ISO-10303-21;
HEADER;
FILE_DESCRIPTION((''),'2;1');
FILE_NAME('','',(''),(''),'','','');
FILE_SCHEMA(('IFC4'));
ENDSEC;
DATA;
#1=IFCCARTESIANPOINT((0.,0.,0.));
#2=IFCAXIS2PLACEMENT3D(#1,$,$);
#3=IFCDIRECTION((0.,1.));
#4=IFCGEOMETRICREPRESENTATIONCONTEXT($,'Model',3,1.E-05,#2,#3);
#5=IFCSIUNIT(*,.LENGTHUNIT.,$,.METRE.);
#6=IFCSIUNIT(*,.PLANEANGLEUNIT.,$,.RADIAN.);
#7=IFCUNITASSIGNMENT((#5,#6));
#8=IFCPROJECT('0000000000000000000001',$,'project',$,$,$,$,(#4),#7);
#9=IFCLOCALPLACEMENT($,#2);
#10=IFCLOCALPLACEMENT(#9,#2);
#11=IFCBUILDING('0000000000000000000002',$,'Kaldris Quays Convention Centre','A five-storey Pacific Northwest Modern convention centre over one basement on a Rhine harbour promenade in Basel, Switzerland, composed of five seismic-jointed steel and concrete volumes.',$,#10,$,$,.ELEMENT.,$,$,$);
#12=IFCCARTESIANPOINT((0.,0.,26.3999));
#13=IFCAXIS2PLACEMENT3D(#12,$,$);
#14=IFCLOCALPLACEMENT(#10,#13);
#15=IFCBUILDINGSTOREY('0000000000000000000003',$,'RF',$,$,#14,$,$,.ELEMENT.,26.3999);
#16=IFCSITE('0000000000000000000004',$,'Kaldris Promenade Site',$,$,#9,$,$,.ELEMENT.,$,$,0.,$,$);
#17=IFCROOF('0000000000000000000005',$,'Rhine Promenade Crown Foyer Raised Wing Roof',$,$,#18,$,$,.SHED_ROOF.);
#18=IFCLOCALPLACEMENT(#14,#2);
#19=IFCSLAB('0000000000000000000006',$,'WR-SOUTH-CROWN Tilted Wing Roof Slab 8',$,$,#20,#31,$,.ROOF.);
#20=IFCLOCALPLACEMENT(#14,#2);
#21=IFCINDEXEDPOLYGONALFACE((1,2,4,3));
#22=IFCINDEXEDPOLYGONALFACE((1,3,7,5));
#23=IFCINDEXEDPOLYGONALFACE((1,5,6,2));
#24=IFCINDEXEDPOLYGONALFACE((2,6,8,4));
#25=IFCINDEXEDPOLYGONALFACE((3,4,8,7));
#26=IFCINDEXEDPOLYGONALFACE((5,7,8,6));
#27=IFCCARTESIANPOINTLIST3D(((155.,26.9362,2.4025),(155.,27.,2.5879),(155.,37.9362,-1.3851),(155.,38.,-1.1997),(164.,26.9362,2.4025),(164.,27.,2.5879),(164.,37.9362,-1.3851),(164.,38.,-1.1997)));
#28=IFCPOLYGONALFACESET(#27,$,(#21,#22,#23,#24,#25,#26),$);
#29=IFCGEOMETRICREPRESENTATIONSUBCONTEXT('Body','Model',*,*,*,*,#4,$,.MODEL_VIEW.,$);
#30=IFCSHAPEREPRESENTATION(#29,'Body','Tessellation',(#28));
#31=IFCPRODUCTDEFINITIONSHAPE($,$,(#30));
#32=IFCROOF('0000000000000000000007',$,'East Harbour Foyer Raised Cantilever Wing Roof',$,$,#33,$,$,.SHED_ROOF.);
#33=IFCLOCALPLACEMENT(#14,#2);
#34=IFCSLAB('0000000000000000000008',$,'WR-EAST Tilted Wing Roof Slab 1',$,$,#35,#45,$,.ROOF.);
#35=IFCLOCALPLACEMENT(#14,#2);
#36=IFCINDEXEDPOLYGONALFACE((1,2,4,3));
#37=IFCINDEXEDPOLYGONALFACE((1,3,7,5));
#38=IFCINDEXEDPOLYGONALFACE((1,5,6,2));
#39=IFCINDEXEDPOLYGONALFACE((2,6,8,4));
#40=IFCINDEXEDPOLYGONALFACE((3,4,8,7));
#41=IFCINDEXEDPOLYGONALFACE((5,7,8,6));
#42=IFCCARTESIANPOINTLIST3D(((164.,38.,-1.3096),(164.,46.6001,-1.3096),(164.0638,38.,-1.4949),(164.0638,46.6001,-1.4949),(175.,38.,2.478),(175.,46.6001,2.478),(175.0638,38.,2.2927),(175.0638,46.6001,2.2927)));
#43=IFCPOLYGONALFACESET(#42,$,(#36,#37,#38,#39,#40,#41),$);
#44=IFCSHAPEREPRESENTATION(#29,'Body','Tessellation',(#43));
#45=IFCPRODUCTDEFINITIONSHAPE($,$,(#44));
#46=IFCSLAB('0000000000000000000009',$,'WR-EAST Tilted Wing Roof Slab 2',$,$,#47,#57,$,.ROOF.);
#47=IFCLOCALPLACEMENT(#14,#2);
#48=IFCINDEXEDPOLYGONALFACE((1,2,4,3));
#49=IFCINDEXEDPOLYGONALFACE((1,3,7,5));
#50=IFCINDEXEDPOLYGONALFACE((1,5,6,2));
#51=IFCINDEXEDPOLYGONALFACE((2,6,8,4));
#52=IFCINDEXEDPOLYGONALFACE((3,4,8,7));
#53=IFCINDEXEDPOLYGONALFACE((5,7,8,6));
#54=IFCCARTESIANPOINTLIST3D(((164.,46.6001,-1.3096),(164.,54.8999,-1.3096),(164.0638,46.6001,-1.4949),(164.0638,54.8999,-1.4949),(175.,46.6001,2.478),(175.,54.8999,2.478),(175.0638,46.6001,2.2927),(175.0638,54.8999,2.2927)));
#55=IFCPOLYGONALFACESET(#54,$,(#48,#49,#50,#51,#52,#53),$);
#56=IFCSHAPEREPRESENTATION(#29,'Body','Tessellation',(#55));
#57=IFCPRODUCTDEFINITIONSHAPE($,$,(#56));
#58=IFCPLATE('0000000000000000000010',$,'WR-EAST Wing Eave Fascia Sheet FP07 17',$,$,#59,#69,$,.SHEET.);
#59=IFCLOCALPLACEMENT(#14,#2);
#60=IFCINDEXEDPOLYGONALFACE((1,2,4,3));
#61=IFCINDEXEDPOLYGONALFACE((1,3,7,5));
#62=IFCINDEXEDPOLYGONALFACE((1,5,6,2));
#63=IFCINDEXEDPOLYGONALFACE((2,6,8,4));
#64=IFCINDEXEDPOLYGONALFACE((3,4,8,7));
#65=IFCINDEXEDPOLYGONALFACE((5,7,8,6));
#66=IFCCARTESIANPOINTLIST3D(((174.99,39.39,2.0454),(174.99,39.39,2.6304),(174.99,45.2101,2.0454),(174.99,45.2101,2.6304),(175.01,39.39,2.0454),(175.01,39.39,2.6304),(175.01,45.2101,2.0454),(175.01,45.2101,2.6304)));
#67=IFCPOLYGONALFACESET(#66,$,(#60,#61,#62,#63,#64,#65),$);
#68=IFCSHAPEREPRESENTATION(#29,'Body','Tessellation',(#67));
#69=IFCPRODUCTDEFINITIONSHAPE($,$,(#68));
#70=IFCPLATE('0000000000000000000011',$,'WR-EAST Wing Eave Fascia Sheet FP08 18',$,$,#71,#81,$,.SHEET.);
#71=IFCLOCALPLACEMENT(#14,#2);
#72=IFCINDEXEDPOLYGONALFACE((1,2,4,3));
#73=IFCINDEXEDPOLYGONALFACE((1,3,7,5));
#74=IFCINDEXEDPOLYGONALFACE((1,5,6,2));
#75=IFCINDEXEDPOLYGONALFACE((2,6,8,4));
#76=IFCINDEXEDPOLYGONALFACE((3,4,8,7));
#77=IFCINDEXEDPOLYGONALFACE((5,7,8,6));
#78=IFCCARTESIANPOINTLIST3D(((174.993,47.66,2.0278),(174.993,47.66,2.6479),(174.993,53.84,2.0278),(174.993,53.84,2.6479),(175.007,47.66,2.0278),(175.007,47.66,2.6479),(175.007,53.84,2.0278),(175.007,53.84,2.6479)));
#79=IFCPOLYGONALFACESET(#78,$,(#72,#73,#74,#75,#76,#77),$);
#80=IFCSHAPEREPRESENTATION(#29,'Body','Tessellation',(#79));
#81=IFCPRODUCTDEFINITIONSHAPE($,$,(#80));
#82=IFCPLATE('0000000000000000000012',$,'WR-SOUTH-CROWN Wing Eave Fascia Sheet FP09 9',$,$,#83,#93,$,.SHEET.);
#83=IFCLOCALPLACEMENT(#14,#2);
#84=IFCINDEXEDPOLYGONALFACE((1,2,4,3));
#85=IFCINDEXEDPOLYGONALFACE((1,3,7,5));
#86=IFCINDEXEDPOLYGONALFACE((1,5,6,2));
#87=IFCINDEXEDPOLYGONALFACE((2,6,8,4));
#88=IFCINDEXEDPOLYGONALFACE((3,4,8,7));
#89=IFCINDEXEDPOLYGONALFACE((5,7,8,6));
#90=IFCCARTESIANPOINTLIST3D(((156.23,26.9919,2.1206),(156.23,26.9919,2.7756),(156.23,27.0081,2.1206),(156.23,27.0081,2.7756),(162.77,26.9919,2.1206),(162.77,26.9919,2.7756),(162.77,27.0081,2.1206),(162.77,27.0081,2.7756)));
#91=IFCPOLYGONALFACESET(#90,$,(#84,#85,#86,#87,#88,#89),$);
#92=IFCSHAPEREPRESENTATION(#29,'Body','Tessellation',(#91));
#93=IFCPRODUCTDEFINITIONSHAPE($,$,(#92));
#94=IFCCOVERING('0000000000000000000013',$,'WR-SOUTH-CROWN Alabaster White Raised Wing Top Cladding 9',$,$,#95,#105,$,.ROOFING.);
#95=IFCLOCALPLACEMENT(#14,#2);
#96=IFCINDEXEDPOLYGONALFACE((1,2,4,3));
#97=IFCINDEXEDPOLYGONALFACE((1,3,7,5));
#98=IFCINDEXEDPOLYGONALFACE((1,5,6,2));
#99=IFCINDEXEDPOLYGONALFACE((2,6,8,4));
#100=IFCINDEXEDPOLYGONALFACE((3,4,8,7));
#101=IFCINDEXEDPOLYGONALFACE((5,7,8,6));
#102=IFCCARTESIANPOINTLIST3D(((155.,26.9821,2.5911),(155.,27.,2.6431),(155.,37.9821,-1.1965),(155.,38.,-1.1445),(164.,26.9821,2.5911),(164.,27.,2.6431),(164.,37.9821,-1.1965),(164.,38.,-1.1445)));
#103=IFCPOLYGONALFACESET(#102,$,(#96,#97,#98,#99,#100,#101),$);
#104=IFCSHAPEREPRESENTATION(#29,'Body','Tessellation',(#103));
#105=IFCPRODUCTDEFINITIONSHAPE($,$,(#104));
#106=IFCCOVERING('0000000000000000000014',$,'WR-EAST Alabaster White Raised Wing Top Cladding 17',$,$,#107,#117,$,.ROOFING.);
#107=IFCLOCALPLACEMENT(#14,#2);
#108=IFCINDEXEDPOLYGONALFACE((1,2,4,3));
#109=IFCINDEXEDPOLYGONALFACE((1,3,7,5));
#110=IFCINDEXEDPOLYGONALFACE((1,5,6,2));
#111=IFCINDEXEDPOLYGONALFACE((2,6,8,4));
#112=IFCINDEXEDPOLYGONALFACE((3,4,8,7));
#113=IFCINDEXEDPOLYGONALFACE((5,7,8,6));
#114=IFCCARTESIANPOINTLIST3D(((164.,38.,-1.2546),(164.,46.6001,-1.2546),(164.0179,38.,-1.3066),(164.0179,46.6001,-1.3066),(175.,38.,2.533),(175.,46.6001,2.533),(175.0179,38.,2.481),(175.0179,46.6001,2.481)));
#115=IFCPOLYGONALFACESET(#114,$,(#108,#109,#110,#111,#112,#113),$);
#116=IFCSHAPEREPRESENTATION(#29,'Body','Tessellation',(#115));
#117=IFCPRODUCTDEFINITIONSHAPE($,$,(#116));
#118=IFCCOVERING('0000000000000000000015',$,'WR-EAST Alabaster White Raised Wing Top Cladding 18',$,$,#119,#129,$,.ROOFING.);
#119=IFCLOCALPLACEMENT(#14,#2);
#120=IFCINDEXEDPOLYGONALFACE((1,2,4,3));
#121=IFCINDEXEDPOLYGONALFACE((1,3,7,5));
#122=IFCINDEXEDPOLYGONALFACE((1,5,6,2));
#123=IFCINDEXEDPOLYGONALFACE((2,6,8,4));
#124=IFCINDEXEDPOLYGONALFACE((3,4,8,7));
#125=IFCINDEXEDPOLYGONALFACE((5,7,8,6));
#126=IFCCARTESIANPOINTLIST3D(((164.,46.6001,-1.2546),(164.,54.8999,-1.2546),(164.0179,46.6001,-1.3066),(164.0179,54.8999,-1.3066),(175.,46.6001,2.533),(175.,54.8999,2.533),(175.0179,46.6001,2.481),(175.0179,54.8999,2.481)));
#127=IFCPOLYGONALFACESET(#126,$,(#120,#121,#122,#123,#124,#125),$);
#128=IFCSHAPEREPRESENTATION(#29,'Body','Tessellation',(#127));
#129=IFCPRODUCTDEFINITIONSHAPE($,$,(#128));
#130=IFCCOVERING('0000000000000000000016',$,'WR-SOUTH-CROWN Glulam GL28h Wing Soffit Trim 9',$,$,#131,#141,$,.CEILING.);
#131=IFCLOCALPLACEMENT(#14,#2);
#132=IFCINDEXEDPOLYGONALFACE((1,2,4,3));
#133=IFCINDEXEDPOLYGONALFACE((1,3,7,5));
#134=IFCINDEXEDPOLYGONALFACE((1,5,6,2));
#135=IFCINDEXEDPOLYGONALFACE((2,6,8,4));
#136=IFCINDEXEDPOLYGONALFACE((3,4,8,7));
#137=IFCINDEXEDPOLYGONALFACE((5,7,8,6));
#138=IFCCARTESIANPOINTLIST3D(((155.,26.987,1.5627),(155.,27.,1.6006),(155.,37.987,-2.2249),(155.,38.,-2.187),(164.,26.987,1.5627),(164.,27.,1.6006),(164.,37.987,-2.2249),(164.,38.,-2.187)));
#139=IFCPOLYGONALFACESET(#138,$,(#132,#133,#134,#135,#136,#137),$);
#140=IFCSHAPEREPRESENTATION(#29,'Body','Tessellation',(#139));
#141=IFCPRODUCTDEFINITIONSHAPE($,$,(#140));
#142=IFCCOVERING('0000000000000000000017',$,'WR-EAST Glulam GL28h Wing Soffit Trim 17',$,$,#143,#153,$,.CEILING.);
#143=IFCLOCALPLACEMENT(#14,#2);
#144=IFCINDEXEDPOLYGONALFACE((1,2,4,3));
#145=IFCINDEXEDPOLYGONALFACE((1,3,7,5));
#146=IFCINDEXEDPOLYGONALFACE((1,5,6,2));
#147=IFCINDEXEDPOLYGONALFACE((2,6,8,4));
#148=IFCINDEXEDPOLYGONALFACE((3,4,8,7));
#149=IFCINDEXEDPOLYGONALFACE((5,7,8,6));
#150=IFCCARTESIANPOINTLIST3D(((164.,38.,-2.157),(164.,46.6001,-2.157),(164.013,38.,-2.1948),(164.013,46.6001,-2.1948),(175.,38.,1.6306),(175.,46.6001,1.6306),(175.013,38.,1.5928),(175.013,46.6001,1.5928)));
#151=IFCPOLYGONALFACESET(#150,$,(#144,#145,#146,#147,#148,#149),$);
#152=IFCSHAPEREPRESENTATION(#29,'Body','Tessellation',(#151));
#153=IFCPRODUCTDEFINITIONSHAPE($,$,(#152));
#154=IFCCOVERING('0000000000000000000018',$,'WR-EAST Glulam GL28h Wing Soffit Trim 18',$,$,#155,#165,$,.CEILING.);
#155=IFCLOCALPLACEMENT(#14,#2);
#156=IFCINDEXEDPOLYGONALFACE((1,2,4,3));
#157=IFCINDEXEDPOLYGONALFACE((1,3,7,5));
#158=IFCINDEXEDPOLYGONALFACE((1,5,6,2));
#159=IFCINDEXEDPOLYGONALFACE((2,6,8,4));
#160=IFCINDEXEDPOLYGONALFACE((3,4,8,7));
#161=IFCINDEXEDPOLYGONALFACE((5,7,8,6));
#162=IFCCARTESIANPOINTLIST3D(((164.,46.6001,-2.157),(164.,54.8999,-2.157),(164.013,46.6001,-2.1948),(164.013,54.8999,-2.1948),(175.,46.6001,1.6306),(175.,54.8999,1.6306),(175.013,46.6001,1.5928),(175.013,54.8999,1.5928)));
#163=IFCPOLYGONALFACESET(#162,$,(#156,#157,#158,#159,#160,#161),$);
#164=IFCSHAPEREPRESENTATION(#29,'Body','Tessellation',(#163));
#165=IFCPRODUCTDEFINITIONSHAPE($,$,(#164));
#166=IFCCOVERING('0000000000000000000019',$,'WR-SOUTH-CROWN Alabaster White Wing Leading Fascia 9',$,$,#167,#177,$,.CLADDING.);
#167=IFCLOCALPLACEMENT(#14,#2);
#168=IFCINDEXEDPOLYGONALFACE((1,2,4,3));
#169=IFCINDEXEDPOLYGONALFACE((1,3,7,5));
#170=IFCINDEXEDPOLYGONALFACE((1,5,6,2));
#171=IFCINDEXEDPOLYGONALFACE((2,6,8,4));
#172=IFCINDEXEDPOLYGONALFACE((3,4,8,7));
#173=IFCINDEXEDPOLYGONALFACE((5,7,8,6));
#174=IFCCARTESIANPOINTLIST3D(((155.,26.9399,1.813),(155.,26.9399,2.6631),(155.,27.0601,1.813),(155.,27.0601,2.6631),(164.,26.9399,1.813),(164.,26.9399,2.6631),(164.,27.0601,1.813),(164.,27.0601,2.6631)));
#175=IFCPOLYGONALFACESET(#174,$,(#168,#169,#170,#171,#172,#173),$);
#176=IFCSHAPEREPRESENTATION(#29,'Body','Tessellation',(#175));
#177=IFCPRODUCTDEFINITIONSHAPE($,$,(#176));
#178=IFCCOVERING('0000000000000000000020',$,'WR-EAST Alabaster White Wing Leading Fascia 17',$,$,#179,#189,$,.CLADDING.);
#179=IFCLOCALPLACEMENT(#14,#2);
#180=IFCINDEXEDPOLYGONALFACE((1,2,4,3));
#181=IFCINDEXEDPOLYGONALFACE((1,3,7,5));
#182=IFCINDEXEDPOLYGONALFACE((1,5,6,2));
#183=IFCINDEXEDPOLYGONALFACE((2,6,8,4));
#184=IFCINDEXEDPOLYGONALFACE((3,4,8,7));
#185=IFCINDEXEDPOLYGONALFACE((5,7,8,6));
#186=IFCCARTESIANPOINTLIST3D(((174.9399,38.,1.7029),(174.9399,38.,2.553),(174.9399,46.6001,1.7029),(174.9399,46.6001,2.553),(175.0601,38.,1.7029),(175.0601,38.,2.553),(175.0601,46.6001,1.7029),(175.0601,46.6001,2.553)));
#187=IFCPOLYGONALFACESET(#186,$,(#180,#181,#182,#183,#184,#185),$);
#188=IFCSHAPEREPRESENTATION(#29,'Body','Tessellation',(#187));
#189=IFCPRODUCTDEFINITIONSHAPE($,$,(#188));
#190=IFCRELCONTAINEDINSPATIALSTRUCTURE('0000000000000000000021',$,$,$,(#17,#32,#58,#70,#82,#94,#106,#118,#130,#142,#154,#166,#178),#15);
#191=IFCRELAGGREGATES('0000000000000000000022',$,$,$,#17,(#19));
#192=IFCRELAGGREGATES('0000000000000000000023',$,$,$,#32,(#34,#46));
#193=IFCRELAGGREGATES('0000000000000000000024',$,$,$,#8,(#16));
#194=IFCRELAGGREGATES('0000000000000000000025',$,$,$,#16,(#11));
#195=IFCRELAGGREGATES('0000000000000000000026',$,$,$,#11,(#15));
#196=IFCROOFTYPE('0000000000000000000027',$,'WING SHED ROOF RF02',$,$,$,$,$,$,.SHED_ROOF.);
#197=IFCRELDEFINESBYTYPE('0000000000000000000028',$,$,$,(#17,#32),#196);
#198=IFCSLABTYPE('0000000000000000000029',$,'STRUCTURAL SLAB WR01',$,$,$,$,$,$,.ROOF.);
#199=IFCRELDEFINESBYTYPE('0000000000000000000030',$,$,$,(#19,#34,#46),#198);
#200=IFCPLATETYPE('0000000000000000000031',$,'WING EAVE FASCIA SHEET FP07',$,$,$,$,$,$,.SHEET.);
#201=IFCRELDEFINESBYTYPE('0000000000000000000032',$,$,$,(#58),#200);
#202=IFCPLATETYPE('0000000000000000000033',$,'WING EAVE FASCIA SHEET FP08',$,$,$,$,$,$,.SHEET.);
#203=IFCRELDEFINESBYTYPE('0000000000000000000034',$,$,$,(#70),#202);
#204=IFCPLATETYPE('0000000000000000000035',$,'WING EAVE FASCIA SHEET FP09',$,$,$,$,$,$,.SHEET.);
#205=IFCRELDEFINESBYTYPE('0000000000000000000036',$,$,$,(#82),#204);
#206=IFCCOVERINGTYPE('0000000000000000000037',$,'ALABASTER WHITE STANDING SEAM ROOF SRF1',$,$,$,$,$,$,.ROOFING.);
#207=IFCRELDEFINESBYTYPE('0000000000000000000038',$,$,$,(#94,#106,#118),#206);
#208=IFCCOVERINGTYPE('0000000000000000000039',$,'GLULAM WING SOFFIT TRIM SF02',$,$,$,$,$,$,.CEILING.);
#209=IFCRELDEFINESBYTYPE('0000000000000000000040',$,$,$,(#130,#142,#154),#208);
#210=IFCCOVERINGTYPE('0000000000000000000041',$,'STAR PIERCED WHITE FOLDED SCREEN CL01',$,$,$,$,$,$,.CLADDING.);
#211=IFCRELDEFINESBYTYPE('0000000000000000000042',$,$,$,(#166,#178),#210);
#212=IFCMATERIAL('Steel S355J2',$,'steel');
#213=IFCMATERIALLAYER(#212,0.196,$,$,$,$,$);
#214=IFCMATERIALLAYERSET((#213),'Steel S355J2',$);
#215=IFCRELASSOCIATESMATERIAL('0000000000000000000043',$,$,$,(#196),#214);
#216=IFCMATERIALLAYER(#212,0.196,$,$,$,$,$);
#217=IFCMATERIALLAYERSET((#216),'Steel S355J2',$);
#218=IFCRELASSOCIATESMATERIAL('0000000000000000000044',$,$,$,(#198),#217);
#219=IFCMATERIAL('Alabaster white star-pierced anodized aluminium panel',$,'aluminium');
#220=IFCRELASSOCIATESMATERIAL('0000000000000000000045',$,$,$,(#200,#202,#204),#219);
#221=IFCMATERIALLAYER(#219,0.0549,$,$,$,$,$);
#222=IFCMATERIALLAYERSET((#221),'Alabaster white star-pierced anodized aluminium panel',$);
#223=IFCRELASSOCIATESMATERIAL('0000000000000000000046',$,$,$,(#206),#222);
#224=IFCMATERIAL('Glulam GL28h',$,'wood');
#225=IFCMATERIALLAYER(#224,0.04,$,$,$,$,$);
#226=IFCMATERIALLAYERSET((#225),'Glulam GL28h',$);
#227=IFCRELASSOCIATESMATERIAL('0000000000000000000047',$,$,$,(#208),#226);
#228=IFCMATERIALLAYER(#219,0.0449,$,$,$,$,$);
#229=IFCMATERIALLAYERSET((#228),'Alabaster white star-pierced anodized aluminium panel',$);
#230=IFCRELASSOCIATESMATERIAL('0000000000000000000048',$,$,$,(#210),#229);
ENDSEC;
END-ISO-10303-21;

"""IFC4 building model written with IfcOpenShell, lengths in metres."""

from ifc_helpers import new_model, si_unit, direction, frame, origin, origin_2d, place, context, subcontext, project, spatial, polyline, rectangle, outline, extrude, material, layer, layer_set, type_object, element, aggregate, save


model = new_model("IFC4")

# Units and contexts
model_context = context("Model", 3, precision=1e-05, world=origin(), true_north=direction((0.0, 1.0)))
body_context = subcontext(model_context, "Body", "Model", "MODEL_VIEW")
ifc_project = project(units=[si_unit("LENGTHUNIT", "METRE"), si_unit("PLANEANGLEUNIT", "RADIAN")], contexts=[model_context])

# Site, building, storey
site_placement = place(None, origin())
site = spatial("IfcSite", under=ifc_project, at=site_placement, Name="Kaldris Promenade Site", CompositionType="ELEMENT", RefElevation=0.0)
building_placement = place(site_placement, origin())
building = spatial("IfcBuilding", under=site, at=building_placement, Name="Kaldris Quays Convention Centre", Description="A five-storey Pacific Northwest Modern convention centre over one basement on a Rhine harbour promenade in Basel, Switzerland, composed of five seismic-jointed steel and concrete volumes.", CompositionType="ELEMENT")
storey_placement = place(building_placement, frame((0.0, 0.0, 26.3999)))
storey = spatial("IfcBuildingStorey", under=building, at=storey_placement, Name="RF", CompositionType="ELEMENT", Elevation=26.3999)

# Shared definitions
ifc_material_1 = material(Name="Glulam GL28h", Category="wood")
ifc_material_2 = material(Name="Steel S355J2", Category="steel")

# Roof, slab
ifc_layer_1 = layer(ifc_material_2, 0.196)
ifc_layer_set_1 = layer_set([ifc_layer_1], Name="Steel S355J2")
roof_type = type_object("IfcRoofType", Name="WING SHED ROOF RF02", PredefinedType="SHED_ROOF", material=ifc_layer_set_1)
roof_1_placement = place(storey_placement, origin())
roof_1 = element("IfcRoof", 1, at=roof_1_placement, inside=storey, type_object=roof_type, Name="Rhine Promenade Crown Foyer Raised Wing Roof", PredefinedType="SHED_ROOF")
ifc_layer_2 = layer(ifc_material_2, 0.196)
ifc_layer_set_2 = layer_set([ifc_layer_2], Name="Steel S355J2")
slab_type = type_object("IfcSlabType", Name="STRUCTURAL SLAB WR01", PredefinedType="ROOF", material=ifc_layer_set_2)
slab_1_placement = place(storey_placement, frame((155.0, 27.0, 2.5879), z_axis=(0.0, 0.325568, 0.945519), x_axis=(1.0, 0.0, 0.0)))
slab_1 = element("IfcSlab", 2, at=slab_1_placement, type_object=slab_type, Name="WR-SOUTH-CROWN Tilted Wing Roof Slab 8", PredefinedType="ROOF", context=body_context, shape_type="SweptSolid", body=[
    extrude(outline(polyline([(0.0, 0.0), (9.0, 0.0), (9.0, 11.6338), (0.0, 11.6338), (0.0, 0.0)])), origin(), (0.0, 0.0, -1.0), 0.196),
])
aggregate(roof_1, [slab_1])

# Roof, slabs
roof_2_placement = place(storey_placement, origin())
roof_2 = element("IfcRoof", 3, at=roof_2_placement, inside=storey, type_object=roof_type, Name="East Harbour Foyer Raised Cantilever Wing Roof", PredefinedType="SHED_ROOF")
slab_2_placement = place(storey_placement, frame((164.0, 38.0, -1.3096), z_axis=(-0.325568, 0.0, 0.945519), x_axis=(0.945519, 0.0, 0.325568)))
slab_2 = element("IfcSlab", 4, at=slab_2_placement, type_object=slab_type, Name="WR-EAST Tilted Wing Roof Slab 1", PredefinedType="ROOF", context=body_context, shape_type="SweptSolid", body=[
    extrude(outline(polyline([(0.0, 0.0), (11.6338, 0.0), (11.6338, 8.6001), (0.0, 8.6001), (0.0, 0.0)])), origin(), (0.0, 0.0, -1.0), 0.196),
])
slab_3_placement = place(storey_placement, frame((164.0, 46.6001, -1.3096), z_axis=(-0.325568, 0.0, 0.945519), x_axis=(0.945519, 0.0, 0.325568)))
slab_3 = element("IfcSlab", 5, at=slab_3_placement, type_object=slab_type, Name="WR-EAST Tilted Wing Roof Slab 2", PredefinedType="ROOF", context=body_context, shape_type="SweptSolid", body=[
    extrude(outline(polyline([(0.0, 0.0), (11.6338, 0.0), (11.6338, 8.2998), (0.0, 8.2998), (0.0, 0.0)])), origin(), (0.0, 0.0, -1.0), 0.196),
])
aggregate(roof_2, [slab_2, slab_3])

# Plates
ifc_material_3 = material(Name="Alabaster white star-pierced anodized aluminium panel", Category="aluminium")
plate_type_1 = type_object("IfcPlateType", Name="WING EAVE FASCIA SHEET FP07", PredefinedType="SHEET", material=ifc_material_3)
plate_1_placement = place(storey_placement, frame((175.0, 42.3, 2.0454), z_axis=(0.0, 0.0, 1.0), x_axis=(0.0, 1.0, 0.0)))
element("IfcPlate", 6, at=plate_1_placement, inside=storey, type_object=plate_type_1, Name="WR-EAST Wing Eave Fascia Sheet FP07 17", PredefinedType="SHEET", context=body_context, shape_type="SweptSolid", body=[
    extrude(rectangle(XDim=5.8201, YDim=0.02, at=origin_2d()), origin(), (0.0, 0.0, 1.0), 0.585),
])
plate_type_2 = type_object("IfcPlateType", Name="WING EAVE FASCIA SHEET FP08", PredefinedType="SHEET", material=ifc_material_3)
plate_2_placement = place(storey_placement, frame((175.0, 50.75, 2.0278), z_axis=(0.0, 0.0, 1.0), x_axis=(0.0, 1.0, 0.0)))
element("IfcPlate", 7, at=plate_2_placement, inside=storey, type_object=plate_type_2, Name="WR-EAST Wing Eave Fascia Sheet FP08 18", PredefinedType="SHEET", context=body_context, shape_type="SweptSolid", body=[
    extrude(rectangle(XDim=6.1799, YDim=0.0139, at=origin_2d()), origin(), (0.0, 0.0, 1.0), 0.6201),
])
plate_type_3 = type_object("IfcPlateType", Name="WING EAVE FASCIA SHEET FP09", PredefinedType="SHEET", material=ifc_material_3)
plate_3_placement = place(storey_placement, frame((159.5, 27.0, 2.1206), z_axis=(0.0, 0.0, 1.0), x_axis=(1.0, 0.0, 0.0)))
element("IfcPlate", 8, at=plate_3_placement, inside=storey, type_object=plate_type_3, Name="WR-SOUTH-CROWN Wing Eave Fascia Sheet FP09 9", PredefinedType="SHEET", context=body_context, shape_type="SweptSolid", body=[
    extrude(rectangle(XDim=6.54, YDim=0.0161, at=origin_2d()), origin(), (0.0, 0.0, 1.0), 0.655),
])

# Coverings
ifc_layer_3 = layer(ifc_material_3, 0.0549)
ifc_layer_set_3 = layer_set([ifc_layer_3], Name="Alabaster white star-pierced anodized aluminium panel")
covering_type_1 = type_object("IfcCoveringType", Name="ALABASTER WHITE STANDING SEAM ROOF SRF1", PredefinedType="ROOFING", material=ifc_layer_set_3)
covering_1_placement = place(storey_placement, frame((155.0, 27.0, 2.6431), z_axis=(0.0, 0.325568, 0.945519), x_axis=(1.0, 0.0, 0.0)))
element("IfcCovering", 9, at=covering_1_placement, inside=storey, type_object=covering_type_1, Name="WR-SOUTH-CROWN Alabaster White Raised Wing Top Cladding 9", PredefinedType="ROOFING", context=body_context, shape_type="SweptSolid", body=[
    extrude(outline(polyline([(0.0, 0.0), (9.0, 0.0), (9.0, 11.6338), (0.0, 11.6338), (0.0, 0.0)])), origin(), (0.0, 0.0, -1.0), 0.0549),
])
covering_2_placement = place(storey_placement, frame((164.0, 38.0, -1.2546), z_axis=(-0.325568, 0.0, 0.945519), x_axis=(0.945519, 0.0, 0.325568)))
element("IfcCovering", 10, at=covering_2_placement, inside=storey, type_object=covering_type_1, Name="WR-EAST Alabaster White Raised Wing Top Cladding 17", PredefinedType="ROOFING", context=body_context, shape_type="SweptSolid", body=[
    extrude(outline(polyline([(0.0, 0.0), (11.6338, 0.0), (11.6338, 8.6001), (0.0, 8.6001), (0.0, 0.0)])), origin(), (0.0, 0.0, -1.0), 0.0549),
])
covering_3_placement = place(storey_placement, frame((164.0, 46.6001, -1.2546), z_axis=(-0.325568, 0.0, 0.945519), x_axis=(0.945519, 0.0, 0.325568)))
element("IfcCovering", 11, at=covering_3_placement, inside=storey, type_object=covering_type_1, Name="WR-EAST Alabaster White Raised Wing Top Cladding 18", PredefinedType="ROOFING", context=body_context, shape_type="SweptSolid", body=[
    extrude(outline(polyline([(0.0, 0.0), (11.6338, 0.0), (11.6338, 8.2998), (0.0, 8.2998), (0.0, 0.0)])), origin(), (0.0, 0.0, -1.0), 0.0549),
])
ifc_layer_4 = layer(ifc_material_1, 0.04)
ifc_layer_set_4 = layer_set([ifc_layer_4], Name="Glulam GL28h")
covering_type_2 = type_object("IfcCoveringType", Name="GLULAM WING SOFFIT TRIM SF02", PredefinedType="CEILING", material=ifc_layer_set_4)
covering_4_placement = place(storey_placement, frame((155.0, 27.0, 1.6006), z_axis=(0.0, 0.325568, 0.945519), x_axis=(1.0, 0.0, 0.0)))
element("IfcCovering", 12, at=covering_4_placement, inside=storey, type_object=covering_type_2, Name="WR-SOUTH-CROWN Glulam GL28h Wing Soffit Trim 9", PredefinedType="CEILING", context=body_context, shape_type="SweptSolid", body=[
    extrude(outline(polyline([(0.0, 0.0), (9.0, 0.0), (9.0, 11.6338), (0.0, 11.6338), (0.0, 0.0)])), origin(), (0.0, 0.0, -1.0), 0.04),
])
covering_5_placement = place(storey_placement, frame((164.0, 38.0, -2.157), z_axis=(-0.325568, 0.0, 0.945519), x_axis=(0.945519, 0.0, 0.325568)))
element("IfcCovering", 13, at=covering_5_placement, inside=storey, type_object=covering_type_2, Name="WR-EAST Glulam GL28h Wing Soffit Trim 17", PredefinedType="CEILING", context=body_context, shape_type="SweptSolid", body=[
    extrude(outline(polyline([(0.0, 0.0), (11.6338, 0.0), (11.6338, 8.6001), (0.0, 8.6001), (0.0, 0.0)])), origin(), (0.0, 0.0, -1.0), 0.04),
])
covering_6_placement = place(storey_placement, frame((164.0, 46.6001, -2.157), z_axis=(-0.325568, 0.0, 0.945519), x_axis=(0.945519, 0.0, 0.325568)))
element("IfcCovering", 14, at=covering_6_placement, inside=storey, type_object=covering_type_2, Name="WR-EAST Glulam GL28h Wing Soffit Trim 18", PredefinedType="CEILING", context=body_context, shape_type="SweptSolid", body=[
    extrude(outline(polyline([(0.0, 0.0), (11.6338, 0.0), (11.6338, 8.2998), (0.0, 8.2998), (0.0, 0.0)])), origin(), (0.0, 0.0, -1.0), 0.04),
])
ifc_layer_5 = layer(ifc_material_3, 0.0449)
ifc_layer_set_5 = layer_set([ifc_layer_5], Name="Alabaster white star-pierced anodized aluminium panel")
covering_type_3 = type_object("IfcCoveringType", Name="STAR PIERCED WHITE FOLDED SCREEN CL01", PredefinedType="CLADDING", material=ifc_layer_set_5)
covering_7_placement = place(storey_placement, frame((159.5, 27.0, 1.813), z_axis=(0.0, 0.0, 1.0), x_axis=(1.0, 0.0, 0.0)))
element("IfcCovering", 15, at=covering_7_placement, inside=storey, type_object=covering_type_3, Name="WR-SOUTH-CROWN Alabaster White Wing Leading Fascia 9", PredefinedType="CLADDING", context=body_context, shape_type="SweptSolid", body=[
    extrude(rectangle(XDim=9.0, YDim=0.1201, at=origin_2d()), origin(), (0.0, 0.0, 1.0), 0.8501),
])
covering_8_placement = place(storey_placement, frame((175.0, 42.3, 1.7029), z_axis=(0.0, 0.0, 1.0), x_axis=(0.0, 1.0, 0.0)))
element("IfcCovering", 16, at=covering_8_placement, inside=storey, type_object=covering_type_3, Name="WR-EAST Alabaster White Wing Leading Fascia 17", PredefinedType="CLADDING", context=body_context, shape_type="SweptSolid", body=[
    extrude(rectangle(XDim=8.6001, YDim=0.1201, at=origin_2d()), origin(), (0.0, 0.0, 1.0), 0.8501),
])

save(model, "model.ifc")
